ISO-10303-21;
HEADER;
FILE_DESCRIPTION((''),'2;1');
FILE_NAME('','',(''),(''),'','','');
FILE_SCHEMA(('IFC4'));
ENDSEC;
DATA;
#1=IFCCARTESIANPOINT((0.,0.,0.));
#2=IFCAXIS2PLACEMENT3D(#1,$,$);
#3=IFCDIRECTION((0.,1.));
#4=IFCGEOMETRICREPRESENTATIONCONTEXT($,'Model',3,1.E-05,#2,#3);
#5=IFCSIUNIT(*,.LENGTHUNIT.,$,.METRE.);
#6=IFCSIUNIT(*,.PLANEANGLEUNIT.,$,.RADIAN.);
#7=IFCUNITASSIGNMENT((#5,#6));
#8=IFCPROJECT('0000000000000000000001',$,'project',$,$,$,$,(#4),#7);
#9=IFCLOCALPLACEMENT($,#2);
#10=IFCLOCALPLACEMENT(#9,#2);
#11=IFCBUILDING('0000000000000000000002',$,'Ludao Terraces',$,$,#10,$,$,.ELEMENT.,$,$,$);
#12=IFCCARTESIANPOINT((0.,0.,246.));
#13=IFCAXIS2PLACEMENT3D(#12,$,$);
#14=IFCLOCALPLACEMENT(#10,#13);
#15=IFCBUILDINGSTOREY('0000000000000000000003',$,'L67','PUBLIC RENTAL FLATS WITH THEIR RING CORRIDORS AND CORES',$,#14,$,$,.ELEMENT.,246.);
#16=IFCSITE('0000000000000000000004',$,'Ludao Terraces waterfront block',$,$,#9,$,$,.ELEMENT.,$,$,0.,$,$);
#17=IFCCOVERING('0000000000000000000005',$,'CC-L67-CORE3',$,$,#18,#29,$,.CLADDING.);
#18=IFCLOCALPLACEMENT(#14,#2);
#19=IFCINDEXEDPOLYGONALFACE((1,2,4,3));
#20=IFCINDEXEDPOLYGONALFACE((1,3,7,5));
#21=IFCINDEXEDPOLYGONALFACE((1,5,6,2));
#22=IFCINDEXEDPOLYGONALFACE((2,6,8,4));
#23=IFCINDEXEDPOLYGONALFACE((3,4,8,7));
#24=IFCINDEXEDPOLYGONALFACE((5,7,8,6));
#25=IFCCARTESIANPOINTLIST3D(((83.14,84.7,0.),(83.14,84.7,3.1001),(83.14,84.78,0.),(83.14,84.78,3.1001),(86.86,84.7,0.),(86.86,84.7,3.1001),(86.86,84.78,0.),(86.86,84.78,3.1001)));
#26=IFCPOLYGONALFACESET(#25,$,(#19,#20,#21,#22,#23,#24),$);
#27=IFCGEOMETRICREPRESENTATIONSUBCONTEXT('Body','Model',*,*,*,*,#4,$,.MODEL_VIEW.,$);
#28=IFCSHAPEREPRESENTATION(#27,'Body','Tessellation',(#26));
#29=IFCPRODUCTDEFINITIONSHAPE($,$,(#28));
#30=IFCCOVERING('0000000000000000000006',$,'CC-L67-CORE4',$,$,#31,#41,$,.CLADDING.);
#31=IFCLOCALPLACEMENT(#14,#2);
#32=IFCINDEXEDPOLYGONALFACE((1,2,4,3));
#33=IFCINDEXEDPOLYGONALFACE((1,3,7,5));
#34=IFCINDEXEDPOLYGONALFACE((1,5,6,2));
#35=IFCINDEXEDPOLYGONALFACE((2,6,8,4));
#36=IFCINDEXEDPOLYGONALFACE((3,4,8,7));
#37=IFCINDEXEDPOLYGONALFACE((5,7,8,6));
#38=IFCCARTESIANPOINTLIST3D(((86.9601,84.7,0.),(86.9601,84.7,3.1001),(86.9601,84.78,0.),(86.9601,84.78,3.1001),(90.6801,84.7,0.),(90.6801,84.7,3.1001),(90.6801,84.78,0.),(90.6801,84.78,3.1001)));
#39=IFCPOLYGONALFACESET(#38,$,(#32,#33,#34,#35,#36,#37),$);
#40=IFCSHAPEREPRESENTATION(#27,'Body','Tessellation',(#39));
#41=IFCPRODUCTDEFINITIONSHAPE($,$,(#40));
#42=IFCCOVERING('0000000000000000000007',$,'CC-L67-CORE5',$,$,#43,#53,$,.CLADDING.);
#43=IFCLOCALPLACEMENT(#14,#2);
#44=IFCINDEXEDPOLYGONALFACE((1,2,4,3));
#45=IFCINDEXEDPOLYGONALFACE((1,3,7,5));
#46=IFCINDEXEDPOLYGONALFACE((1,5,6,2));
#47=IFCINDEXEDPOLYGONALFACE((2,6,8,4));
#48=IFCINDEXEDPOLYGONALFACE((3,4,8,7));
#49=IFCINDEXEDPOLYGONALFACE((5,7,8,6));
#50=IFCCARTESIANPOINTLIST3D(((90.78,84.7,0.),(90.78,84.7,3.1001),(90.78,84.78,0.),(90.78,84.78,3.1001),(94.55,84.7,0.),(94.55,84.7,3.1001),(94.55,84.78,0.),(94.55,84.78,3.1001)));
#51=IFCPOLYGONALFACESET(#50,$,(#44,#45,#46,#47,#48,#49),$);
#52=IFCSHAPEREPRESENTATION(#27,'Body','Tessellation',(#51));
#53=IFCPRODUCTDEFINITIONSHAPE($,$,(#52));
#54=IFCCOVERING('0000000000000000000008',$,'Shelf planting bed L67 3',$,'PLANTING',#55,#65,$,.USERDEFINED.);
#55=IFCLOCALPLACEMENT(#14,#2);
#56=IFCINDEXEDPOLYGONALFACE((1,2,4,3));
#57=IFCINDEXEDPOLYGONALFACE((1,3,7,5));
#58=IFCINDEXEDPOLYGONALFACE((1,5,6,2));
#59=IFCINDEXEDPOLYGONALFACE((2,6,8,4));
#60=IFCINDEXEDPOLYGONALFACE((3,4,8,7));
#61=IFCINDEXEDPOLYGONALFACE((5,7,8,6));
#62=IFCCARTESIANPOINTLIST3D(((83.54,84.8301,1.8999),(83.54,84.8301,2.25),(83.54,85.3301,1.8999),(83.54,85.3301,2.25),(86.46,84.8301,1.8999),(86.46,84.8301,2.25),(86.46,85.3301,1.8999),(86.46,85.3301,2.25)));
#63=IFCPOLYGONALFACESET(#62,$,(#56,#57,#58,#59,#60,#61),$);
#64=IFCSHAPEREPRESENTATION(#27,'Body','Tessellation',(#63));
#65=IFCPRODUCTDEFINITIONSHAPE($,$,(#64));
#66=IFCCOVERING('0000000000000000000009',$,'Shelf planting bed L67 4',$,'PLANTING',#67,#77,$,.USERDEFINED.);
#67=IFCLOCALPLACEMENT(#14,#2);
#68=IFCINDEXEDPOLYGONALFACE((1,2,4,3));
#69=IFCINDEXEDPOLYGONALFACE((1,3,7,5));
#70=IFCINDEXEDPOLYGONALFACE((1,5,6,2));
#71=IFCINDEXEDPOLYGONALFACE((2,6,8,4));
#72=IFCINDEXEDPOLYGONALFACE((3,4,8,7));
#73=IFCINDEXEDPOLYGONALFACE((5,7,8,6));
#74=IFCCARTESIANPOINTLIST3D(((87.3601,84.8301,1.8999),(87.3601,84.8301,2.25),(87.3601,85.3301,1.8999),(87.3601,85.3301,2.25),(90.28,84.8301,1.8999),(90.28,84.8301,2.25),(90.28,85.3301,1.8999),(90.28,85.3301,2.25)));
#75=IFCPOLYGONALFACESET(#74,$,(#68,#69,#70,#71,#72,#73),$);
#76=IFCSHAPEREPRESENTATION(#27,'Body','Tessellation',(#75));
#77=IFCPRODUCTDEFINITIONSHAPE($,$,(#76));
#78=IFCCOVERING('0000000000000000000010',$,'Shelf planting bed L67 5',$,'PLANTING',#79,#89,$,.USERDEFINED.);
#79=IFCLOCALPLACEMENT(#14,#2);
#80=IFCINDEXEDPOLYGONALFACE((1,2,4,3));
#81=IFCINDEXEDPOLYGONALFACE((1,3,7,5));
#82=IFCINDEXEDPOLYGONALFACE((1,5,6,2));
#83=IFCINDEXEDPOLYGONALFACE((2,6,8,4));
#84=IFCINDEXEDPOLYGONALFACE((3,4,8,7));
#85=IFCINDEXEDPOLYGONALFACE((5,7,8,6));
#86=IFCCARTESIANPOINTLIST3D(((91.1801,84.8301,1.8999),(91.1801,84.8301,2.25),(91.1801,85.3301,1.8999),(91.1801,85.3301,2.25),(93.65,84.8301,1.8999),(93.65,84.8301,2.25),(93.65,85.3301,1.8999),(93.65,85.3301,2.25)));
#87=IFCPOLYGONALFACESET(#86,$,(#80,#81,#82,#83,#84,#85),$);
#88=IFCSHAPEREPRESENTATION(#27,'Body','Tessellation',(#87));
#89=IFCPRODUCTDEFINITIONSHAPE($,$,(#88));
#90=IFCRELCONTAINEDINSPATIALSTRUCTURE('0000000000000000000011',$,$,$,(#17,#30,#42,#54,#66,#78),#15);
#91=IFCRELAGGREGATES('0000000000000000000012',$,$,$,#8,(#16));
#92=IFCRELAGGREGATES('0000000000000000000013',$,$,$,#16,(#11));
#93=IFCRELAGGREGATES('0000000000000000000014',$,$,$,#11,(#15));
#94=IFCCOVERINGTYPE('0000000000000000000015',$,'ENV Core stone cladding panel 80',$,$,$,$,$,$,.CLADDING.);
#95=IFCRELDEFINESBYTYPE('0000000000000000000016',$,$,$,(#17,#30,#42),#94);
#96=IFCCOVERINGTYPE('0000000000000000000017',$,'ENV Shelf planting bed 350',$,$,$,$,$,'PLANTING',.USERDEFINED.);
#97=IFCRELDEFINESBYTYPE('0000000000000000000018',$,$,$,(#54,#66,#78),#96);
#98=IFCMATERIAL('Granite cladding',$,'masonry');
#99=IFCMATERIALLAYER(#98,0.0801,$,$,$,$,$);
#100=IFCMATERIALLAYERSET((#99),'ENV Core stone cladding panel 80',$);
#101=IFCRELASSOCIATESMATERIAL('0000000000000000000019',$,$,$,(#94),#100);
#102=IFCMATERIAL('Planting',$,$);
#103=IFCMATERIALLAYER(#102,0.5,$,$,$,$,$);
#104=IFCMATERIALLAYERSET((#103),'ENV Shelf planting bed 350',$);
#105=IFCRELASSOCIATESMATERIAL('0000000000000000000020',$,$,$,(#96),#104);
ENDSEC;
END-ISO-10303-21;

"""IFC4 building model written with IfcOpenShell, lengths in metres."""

from ifc_helpers import new_model, si_unit, direction, frame, origin, origin_2d, place, context, subcontext, project, spatial, rectangle, extrude, material, layer, layer_set, type_object, element, save


model = new_model("IFC4")

# Units and contexts
model_context = context("Model", 3, precision=1e-05, world=origin(), true_north=direction((0.0, 1.0)))
body_context = subcontext(model_context, "Body", "Model", "MODEL_VIEW")
ifc_project = project(units=[si_unit("LENGTHUNIT", "METRE"), si_unit("PLANEANGLEUNIT", "RADIAN")], contexts=[model_context])

# Site, building, storey
site_placement = place(None, origin())
site = spatial("IfcSite", under=ifc_project, at=site_placement, Name="Ludao Terraces waterfront block", CompositionType="ELEMENT", RefElevation=0.0)
building_placement = place(site_placement, origin())
building = spatial("IfcBuilding", under=site, at=building_placement, Name="Ludao Terraces", CompositionType="ELEMENT")
storey_placement = place(building_placement, frame((0.0, 0.0, 246.0)))
storey = spatial("IfcBuildingStorey", under=building, at=storey_placement, Name="L67", Description="PUBLIC RENTAL FLATS WITH THEIR RING CORRIDORS AND CORES", CompositionType="ELEMENT", Elevation=246.0)

# Coverings
ifc_material_1 = material(Name="Granite cladding", Category="masonry")
ifc_layer_1 = layer(ifc_material_1, 0.0801)
ifc_layer_set_1 = layer_set([ifc_layer_1], Name="ENV Core stone cladding panel 80")
covering_type_1 = type_object("IfcCoveringType", Name="ENV Core stone cladding panel 80", PredefinedType="CLADDING", material=ifc_layer_set_1)
for number, where, z_axis, x_axis, name in (
    (1, (85.0, 84.74, 0.0), (0.0, 0.0, 1.0), (1.0, 0.0, 0.0), "CC-L67-CORE3"),
    (2, (88.8201, 84.74, 0.0), (0.0, 0.0, 1.0), (1.0, 0.0, 0.0), "CC-L67-CORE4"),
):
    element("IfcCovering", number, at=place(storey_placement, frame(where, z_axis=z_axis, x_axis=x_axis)), inside=storey, type_object=covering_type_1, Name=name, PredefinedType="CLADDING", context=body_context, shape_type="SweptSolid", body=[
        extrude(rectangle(XDim=3.72, YDim=0.0801, at=origin_2d()), origin(), (0.0, 0.0, 1.0), 3.1001),
    ])
covering_1_placement = place(storey_placement, frame((92.665, 84.74, 0.0), z_axis=(0.0, 0.0, 1.0), x_axis=(1.0, 0.0, 0.0)))
element("IfcCovering", 3, at=covering_1_placement, inside=storey, type_object=covering_type_1, Name="CC-L67-CORE5", PredefinedType="CLADDING", context=body_context, shape_type="SweptSolid", body=[
    extrude(rectangle(XDim=3.77, YDim=0.0801, at=origin_2d()), origin(), (0.0, 0.0, 1.0), 3.1001),
])
ifc_material_2 = material(Name="Planting")
ifc_layer_2 = layer(ifc_material_2, 0.5)
ifc_layer_set_2 = layer_set([ifc_layer_2], Name="ENV Shelf planting bed 350")
covering_type_2 = type_object("IfcCoveringType", Name="ENV Shelf planting bed 350", ElementType="PLANTING", PredefinedType="USERDEFINED", material=ifc_layer_set_2)
for number, where, z_axis, x_axis, name in (
    (4, (85.0, 85.0801, 1.8999), (0.0, 0.0, 1.0), (1.0, 0.0, 0.0), "Shelf planting bed L67 3"),
    (5, (88.8201, 85.0801, 1.8999), (0.0, 0.0, 1.0), (1.0, 0.0, 0.0), "Shelf planting bed L67 4"),
):
    element("IfcCovering", number, at=place(storey_placement, frame(where, z_axis=z_axis, x_axis=x_axis)), inside=storey, type_object=covering_type_2, Name=name, ObjectType="PLANTING", PredefinedType="USERDEFINED", context=body_context, shape_type="SweptSolid", body=[
        extrude(rectangle(XDim=2.9199, YDim=0.5, at=origin_2d()), origin(), (0.0, 0.0, 1.0), 0.3501),
    ])
covering_2_placement = place(storey_placement, frame((92.415, 85.0801, 1.8999), z_axis=(0.0, 0.0, 1.0), x_axis=(1.0, 0.0, 0.0)))
element("IfcCovering", 6, at=covering_2_placement, inside=storey, type_object=covering_type_2, Name="Shelf planting bed L67 5", ObjectType="PLANTING", PredefinedType="USERDEFINED", context=body_context, shape_type="SweptSolid", body=[
    extrude(rectangle(XDim=2.47, YDim=0.5, at=origin_2d()), origin(), (0.0, 0.0, 1.0), 0.3501),
])

save(model, "model.ifc")
